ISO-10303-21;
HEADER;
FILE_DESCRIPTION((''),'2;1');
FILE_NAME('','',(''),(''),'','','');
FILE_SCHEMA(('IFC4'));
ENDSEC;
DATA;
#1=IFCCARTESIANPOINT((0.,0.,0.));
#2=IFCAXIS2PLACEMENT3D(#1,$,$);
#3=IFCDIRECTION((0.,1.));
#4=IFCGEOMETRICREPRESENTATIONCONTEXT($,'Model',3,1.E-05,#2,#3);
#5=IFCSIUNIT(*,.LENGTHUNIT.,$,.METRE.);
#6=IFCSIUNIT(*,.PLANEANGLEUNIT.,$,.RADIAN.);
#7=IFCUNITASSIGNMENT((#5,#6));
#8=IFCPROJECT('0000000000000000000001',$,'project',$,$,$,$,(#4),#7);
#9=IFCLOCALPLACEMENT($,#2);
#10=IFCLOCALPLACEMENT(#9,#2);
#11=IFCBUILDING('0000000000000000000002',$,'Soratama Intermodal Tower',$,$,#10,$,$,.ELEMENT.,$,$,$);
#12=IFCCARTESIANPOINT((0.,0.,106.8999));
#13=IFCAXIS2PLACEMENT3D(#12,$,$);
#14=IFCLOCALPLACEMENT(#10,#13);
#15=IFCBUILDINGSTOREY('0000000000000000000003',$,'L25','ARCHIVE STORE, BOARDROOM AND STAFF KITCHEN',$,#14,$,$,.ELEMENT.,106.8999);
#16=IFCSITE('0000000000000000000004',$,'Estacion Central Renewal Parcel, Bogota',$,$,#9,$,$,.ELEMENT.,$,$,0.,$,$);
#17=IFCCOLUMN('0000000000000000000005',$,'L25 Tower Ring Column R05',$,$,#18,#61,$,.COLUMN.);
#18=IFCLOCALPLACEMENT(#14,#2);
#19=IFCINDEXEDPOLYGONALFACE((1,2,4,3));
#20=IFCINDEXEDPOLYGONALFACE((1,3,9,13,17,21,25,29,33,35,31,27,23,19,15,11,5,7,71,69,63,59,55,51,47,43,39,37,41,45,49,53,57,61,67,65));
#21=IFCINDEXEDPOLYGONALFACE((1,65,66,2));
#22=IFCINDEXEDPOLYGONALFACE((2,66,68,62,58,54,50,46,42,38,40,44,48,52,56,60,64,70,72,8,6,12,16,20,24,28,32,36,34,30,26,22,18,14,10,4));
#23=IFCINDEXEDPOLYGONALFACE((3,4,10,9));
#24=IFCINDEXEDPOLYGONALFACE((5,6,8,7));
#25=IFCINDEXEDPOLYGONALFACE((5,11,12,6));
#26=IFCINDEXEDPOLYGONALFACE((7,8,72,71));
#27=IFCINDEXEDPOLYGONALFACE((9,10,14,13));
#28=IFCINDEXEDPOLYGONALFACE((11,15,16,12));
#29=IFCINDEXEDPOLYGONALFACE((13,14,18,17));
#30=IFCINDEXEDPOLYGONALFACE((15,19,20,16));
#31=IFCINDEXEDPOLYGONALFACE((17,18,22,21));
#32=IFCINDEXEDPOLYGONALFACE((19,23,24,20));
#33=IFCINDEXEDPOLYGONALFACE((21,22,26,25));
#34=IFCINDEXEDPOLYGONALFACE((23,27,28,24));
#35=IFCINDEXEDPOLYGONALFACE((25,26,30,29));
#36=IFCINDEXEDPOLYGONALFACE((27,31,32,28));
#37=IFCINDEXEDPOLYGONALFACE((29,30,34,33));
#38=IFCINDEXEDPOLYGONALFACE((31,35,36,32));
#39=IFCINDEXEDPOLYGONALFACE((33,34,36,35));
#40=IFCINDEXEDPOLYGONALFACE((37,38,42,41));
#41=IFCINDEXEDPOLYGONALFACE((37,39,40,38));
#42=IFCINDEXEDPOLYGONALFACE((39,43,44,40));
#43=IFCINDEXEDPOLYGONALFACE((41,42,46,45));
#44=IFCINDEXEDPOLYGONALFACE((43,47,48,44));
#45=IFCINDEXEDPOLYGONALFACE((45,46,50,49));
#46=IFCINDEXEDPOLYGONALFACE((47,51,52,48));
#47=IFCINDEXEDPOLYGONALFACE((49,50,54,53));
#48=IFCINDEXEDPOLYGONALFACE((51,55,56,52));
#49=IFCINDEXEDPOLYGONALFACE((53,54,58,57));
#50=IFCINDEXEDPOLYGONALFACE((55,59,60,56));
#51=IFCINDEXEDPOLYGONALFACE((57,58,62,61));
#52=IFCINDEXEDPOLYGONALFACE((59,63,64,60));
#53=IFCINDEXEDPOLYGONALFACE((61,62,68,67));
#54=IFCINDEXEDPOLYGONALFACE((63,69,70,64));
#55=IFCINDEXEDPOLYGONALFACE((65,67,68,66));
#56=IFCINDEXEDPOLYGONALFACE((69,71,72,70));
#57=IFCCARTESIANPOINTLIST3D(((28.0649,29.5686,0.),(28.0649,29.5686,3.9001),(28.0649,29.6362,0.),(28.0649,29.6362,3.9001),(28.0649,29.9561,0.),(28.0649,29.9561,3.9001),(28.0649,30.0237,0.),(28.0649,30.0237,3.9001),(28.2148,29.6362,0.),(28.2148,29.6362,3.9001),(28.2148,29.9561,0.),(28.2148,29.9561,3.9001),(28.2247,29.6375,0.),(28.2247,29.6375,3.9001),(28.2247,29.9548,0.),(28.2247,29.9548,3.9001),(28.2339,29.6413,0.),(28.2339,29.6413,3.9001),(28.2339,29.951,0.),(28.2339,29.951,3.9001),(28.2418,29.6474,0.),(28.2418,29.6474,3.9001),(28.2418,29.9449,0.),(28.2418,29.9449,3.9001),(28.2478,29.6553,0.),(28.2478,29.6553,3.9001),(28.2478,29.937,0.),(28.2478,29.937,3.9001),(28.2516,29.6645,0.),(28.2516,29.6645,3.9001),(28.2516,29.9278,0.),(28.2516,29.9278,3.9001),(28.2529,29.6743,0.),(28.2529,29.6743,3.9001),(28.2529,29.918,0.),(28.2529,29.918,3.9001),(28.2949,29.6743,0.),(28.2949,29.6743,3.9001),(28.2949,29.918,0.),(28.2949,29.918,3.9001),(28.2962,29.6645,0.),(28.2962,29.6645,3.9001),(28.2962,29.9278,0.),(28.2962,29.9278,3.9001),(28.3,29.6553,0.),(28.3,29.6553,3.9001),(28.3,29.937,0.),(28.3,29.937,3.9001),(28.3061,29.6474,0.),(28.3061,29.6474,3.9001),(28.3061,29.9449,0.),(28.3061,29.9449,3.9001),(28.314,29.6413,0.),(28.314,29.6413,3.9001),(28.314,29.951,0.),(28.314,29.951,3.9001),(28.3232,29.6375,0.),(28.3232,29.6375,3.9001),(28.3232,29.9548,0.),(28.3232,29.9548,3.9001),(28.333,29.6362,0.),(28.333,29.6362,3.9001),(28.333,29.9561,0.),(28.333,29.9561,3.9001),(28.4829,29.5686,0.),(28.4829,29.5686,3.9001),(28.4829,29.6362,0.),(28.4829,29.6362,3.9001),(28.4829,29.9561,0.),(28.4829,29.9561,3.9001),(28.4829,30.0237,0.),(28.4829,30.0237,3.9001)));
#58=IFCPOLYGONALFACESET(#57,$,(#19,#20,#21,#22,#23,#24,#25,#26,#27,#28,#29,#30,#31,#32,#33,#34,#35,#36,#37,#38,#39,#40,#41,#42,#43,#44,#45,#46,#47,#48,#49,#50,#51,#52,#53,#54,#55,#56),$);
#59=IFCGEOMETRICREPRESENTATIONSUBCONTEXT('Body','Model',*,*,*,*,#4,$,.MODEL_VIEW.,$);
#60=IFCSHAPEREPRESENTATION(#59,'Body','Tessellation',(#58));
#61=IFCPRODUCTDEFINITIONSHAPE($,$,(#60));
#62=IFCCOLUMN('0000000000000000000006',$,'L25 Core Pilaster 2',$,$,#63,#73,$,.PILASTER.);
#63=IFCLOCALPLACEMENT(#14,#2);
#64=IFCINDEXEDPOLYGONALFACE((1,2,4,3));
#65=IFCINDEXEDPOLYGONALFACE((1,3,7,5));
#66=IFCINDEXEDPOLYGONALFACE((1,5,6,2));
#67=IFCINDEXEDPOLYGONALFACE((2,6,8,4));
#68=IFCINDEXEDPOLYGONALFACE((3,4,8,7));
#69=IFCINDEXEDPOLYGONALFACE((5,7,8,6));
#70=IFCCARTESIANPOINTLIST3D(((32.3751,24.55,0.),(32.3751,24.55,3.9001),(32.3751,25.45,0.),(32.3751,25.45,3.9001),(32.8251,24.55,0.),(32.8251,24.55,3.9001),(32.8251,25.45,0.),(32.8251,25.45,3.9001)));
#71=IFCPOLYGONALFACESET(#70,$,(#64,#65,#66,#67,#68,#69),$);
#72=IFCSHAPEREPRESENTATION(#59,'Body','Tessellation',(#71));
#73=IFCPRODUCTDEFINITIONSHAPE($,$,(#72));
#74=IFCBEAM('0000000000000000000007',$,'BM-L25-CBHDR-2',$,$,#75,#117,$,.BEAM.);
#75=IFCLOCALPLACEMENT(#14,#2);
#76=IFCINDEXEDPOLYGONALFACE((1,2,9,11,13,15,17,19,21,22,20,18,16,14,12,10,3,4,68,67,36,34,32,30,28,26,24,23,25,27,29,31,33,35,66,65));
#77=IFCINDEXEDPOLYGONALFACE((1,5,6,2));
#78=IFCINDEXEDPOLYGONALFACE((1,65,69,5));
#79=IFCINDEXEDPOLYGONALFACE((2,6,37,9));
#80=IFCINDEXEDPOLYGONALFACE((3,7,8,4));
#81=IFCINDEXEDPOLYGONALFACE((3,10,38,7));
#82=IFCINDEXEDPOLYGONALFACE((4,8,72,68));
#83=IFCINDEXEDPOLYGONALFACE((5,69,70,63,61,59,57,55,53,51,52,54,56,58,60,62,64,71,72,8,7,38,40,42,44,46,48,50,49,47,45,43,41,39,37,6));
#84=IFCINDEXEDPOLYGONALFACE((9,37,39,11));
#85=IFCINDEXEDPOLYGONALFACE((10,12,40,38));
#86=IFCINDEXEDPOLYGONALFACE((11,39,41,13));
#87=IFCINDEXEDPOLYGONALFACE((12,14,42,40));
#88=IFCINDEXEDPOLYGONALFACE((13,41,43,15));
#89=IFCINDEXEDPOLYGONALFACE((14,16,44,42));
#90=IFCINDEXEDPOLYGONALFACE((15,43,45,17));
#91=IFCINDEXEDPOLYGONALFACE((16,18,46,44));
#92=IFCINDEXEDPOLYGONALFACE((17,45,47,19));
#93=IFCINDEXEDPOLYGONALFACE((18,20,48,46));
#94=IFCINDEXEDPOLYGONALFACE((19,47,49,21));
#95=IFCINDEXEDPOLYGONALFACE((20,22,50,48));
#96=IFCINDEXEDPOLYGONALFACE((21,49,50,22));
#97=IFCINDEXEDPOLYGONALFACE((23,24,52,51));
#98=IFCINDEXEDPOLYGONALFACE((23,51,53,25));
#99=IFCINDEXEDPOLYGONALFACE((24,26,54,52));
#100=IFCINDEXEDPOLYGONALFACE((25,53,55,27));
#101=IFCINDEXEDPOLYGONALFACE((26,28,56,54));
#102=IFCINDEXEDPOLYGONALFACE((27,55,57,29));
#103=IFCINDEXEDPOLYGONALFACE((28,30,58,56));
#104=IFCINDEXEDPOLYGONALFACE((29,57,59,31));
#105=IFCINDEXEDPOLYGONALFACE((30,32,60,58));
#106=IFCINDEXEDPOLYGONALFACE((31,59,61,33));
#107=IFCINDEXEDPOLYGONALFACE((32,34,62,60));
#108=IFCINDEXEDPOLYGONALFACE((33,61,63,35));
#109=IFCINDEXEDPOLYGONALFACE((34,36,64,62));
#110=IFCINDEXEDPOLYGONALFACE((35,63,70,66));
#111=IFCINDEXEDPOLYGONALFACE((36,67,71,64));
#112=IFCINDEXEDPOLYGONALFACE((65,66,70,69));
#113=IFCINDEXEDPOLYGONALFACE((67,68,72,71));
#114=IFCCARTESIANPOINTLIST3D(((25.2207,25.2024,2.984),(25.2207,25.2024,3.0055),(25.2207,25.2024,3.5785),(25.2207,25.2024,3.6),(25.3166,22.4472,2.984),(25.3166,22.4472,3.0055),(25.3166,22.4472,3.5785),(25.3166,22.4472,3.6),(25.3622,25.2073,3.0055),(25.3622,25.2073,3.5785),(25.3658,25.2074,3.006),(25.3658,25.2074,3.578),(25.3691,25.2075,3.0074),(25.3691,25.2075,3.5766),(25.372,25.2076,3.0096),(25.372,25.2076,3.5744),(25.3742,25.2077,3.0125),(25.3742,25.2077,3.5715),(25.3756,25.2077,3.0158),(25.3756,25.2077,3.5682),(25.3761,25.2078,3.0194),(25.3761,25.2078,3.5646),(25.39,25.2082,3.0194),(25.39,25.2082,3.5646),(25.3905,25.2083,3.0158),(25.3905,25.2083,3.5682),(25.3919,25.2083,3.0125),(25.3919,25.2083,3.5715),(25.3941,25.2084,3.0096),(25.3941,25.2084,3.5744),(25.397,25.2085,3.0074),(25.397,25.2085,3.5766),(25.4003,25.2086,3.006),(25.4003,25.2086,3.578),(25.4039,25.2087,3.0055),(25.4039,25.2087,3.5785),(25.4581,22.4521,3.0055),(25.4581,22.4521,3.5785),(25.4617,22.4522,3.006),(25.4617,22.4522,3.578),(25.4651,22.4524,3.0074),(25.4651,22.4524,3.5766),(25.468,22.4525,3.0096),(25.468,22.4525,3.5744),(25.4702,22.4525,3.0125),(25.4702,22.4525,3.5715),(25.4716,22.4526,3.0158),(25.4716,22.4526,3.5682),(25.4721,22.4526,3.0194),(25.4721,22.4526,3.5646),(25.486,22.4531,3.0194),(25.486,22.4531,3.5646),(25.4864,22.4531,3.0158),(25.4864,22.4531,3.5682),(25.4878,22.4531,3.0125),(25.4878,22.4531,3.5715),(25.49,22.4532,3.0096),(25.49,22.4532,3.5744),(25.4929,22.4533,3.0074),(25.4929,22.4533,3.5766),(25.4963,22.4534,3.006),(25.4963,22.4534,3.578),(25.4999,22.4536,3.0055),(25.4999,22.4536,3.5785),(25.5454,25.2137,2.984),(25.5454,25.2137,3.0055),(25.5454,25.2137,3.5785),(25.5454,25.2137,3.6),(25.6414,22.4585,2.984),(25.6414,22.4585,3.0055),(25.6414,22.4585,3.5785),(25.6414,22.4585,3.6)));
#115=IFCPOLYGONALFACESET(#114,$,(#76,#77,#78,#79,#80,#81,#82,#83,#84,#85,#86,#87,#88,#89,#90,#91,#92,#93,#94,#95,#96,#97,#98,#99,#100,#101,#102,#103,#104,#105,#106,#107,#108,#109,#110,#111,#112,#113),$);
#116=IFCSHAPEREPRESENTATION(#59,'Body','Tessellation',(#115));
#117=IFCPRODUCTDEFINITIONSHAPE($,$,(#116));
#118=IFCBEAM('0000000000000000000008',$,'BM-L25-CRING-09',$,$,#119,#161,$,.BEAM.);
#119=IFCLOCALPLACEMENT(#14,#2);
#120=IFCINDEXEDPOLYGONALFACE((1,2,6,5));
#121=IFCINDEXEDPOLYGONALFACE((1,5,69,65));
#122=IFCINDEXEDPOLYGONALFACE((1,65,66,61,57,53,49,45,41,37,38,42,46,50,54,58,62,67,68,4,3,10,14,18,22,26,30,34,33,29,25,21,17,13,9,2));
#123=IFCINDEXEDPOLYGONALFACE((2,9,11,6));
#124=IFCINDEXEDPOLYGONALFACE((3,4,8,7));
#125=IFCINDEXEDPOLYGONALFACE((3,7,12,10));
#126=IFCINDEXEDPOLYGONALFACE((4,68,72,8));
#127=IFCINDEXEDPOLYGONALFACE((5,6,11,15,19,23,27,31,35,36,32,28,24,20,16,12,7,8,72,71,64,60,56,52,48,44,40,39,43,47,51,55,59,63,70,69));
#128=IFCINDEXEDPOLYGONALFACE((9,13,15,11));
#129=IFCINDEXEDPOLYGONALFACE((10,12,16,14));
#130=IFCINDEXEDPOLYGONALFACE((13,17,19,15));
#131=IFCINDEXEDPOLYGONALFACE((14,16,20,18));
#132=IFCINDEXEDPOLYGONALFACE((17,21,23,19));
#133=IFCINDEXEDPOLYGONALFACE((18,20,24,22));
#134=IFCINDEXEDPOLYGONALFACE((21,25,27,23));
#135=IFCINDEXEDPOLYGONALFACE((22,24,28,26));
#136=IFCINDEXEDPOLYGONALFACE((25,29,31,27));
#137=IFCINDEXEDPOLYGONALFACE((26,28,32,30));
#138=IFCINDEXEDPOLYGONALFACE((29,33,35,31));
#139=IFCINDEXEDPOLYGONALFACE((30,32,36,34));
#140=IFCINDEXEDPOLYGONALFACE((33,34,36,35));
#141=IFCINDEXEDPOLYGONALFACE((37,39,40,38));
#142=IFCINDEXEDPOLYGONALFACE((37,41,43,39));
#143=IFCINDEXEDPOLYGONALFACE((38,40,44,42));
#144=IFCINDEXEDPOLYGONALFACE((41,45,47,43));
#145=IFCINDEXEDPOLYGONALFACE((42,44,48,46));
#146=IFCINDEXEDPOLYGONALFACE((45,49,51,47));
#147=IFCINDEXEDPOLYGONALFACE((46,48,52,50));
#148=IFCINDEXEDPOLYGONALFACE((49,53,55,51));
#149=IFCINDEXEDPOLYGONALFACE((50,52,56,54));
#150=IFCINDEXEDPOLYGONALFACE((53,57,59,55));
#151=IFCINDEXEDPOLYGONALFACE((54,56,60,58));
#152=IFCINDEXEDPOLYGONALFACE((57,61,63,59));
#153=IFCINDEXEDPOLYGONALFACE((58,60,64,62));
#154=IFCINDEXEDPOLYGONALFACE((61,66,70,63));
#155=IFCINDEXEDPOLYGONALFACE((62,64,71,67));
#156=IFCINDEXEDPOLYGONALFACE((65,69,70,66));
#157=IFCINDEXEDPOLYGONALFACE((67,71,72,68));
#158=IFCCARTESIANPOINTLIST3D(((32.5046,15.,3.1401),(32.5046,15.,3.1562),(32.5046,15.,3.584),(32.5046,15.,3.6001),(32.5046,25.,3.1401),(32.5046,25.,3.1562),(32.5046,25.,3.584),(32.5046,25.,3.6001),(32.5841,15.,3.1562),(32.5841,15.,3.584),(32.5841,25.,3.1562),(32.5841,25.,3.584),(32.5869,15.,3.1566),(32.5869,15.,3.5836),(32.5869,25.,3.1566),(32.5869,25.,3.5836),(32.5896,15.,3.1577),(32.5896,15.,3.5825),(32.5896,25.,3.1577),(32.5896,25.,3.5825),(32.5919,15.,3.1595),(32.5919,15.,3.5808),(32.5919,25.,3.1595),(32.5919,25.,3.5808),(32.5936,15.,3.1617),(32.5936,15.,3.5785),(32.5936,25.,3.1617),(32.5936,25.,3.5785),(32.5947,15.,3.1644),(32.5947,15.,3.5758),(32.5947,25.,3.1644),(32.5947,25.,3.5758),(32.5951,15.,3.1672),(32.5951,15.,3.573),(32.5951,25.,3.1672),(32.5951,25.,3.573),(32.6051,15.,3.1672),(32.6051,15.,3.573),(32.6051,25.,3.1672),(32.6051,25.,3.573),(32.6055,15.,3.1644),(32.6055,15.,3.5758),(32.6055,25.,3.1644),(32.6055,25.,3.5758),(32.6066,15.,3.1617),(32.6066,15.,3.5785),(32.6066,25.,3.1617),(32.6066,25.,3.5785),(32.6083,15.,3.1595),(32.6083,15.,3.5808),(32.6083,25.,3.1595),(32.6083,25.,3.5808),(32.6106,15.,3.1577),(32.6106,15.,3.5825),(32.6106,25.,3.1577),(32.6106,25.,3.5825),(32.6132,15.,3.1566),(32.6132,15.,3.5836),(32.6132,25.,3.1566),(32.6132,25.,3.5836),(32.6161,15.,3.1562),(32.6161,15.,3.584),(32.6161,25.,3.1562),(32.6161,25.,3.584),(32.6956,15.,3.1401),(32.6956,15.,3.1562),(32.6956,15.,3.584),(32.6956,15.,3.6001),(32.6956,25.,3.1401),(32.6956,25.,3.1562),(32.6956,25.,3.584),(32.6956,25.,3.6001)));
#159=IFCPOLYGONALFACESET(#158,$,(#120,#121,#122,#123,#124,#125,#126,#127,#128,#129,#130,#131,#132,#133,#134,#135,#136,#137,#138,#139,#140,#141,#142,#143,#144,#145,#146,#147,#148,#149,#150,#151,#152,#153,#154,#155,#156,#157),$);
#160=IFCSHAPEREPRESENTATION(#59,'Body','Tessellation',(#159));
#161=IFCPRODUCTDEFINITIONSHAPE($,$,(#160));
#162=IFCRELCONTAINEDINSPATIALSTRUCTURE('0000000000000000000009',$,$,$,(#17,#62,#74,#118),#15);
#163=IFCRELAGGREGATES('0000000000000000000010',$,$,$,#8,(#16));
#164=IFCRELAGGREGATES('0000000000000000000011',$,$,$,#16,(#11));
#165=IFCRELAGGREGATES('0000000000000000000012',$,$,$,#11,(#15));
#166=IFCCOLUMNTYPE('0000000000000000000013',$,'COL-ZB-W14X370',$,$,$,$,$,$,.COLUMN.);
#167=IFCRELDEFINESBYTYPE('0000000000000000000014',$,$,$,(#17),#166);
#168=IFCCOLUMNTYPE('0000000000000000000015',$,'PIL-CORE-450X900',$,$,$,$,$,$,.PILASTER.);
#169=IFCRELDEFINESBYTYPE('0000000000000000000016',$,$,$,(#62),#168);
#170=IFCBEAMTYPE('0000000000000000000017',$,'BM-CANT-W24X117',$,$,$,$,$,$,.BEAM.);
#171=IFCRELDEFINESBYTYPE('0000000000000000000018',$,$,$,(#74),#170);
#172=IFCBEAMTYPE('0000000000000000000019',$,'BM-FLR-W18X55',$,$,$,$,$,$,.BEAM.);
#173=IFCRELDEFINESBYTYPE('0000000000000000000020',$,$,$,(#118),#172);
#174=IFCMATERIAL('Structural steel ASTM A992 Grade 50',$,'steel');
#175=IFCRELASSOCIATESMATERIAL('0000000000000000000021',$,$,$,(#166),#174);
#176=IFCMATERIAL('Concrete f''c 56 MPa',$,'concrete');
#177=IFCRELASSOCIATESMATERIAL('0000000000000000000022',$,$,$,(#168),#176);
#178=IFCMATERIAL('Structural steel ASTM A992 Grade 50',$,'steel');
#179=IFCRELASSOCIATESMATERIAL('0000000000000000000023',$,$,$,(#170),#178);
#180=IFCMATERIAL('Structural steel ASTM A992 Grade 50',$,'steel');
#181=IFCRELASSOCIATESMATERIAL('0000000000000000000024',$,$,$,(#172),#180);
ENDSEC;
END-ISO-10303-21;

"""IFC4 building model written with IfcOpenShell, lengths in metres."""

from ifc_helpers import new_model, si_unit, direction, frame, origin, origin_2d, place, context, subcontext, project, spatial, rectangle, i_section, extrude, material, material_profile, profile_set, type_object, element, save


model = new_model("IFC4")

# Units and contexts
model_context = context("Model", 3, precision=1e-05, world=origin(), true_north=direction((0.0, 1.0)))
body_context = subcontext(model_context, "Body", "Model", "MODEL_VIEW")
ifc_project = project(units=[si_unit("LENGTHUNIT", "METRE"), si_unit("PLANEANGLEUNIT", "RADIAN")], contexts=[model_context])

# Site, building, storey
site_placement = place(None, origin())
site = spatial("IfcSite", under=ifc_project, at=site_placement, Name="Estacion Central Renewal Parcel, Bogota", CompositionType="ELEMENT", RefElevation=0.0)
building_placement = place(site_placement, origin())
building = spatial("IfcBuilding", under=site, at=building_placement, Name="Soratama Intermodal Tower", CompositionType="ELEMENT")
storey_placement = place(building_placement, frame((0.0, 0.0, 106.8999)))
storey = spatial("IfcBuildingStorey", under=building, at=storey_placement, Name="L25", Description="ARCHIVE STORE, BOARDROOM AND STAFF KITCHEN", CompositionType="ELEMENT", Elevation=106.8999)

# Columns
ifc_material_1 = material(Name="Structural steel ASTM A992 Grade 50", Category="steel")
ifc_material_profile_1 = material_profile(ifc_material_1, i_section(OverallWidth=0.418, OverallDepth=0.4551, WebThickness=0.042, FlangeThickness=0.0676, FilletRadius=0.0381, at=origin_2d()), Name="W14X370")
ifc_profile_set_1 = profile_set([ifc_material_profile_1], Name="Structural steel ASTM A992 Grade 50")
column_type_1 = type_object("IfcColumnType", Name="COL-ZB-W14X370", PredefinedType="COLUMN", material=ifc_profile_set_1)
column_1_placement = place(storey_placement, frame((28.2739, 29.7961, 0.0), z_axis=(0.0, 0.0, 1.0), x_axis=(1.0, 0.0, 0.0)))
element("IfcColumn", 1, at=column_1_placement, inside=storey, type_object=column_type_1, Name="L25 Tower Ring Column R05", PredefinedType="COLUMN", context=body_context, shape_type="SweptSolid", body=[
    extrude(i_section(OverallWidth=0.418, OverallDepth=0.4551, WebThickness=0.042, FlangeThickness=0.0676, FilletRadius=0.0381, at=origin_2d()), origin(), (0.0, 0.0, 1.0), 3.9001),
])
ifc_material_2 = material(Name="Concrete f'c 56 MPa", Category="concrete")
ifc_material_profile_2 = material_profile(ifc_material_2, rectangle(XDim=0.45, YDim=0.8999, at=origin_2d()), Name="RC450X900")
ifc_profile_set_2 = profile_set([ifc_material_profile_2], Name="Concrete f'c 56 MPa")
column_type_2 = type_object("IfcColumnType", Name="PIL-CORE-450X900", PredefinedType="PILASTER", material=ifc_profile_set_2)
column_2_placement = place(storey_placement, frame((32.6001, 25.0, 0.0), z_axis=(0.0, 0.0, 1.0), x_axis=(1.0, 0.0, 0.0)))
element("IfcColumn", 2, at=column_2_placement, inside=storey, type_object=column_type_2, Name="L25 Core Pilaster 2", PredefinedType="PILASTER", context=body_context, shape_type="SweptSolid", body=[
    extrude(rectangle(XDim=0.45, YDim=0.8999, at=origin_2d()), origin(), (0.0, 0.0, 1.0), 3.9001),
])

# Beams
ifc_material_3 = material(Name="Structural steel ASTM A992 Grade 50", Category="steel")
ifc_material_profile_3 = material_profile(ifc_material_3, i_section(OverallWidth=0.325, OverallDepth=0.616, WebThickness=0.0139, FlangeThickness=0.0215, FilletRadius=0.0139, at=origin_2d()), Name="W24X117")
ifc_profile_set_3 = profile_set([ifc_material_profile_3], Name="Structural steel ASTM A992 Grade 50")
beam_type_1 = type_object("IfcBeamType", Name="BM-CANT-W24X117", PredefinedType="BEAM", material=ifc_profile_set_3)
beam_1_placement = place(storey_placement, frame((25.3831, 25.208, 3.292), z_axis=(0.034804, -0.999394, 0.0), x_axis=(0.999394, 0.034804, 0.0)))
element("IfcBeam", 3, at=beam_1_placement, inside=storey, type_object=beam_type_1, Name="BM-L25-CBHDR-2", PredefinedType="BEAM", context=body_context, shape_type="SweptSolid", body=[
    extrude(i_section(OverallWidth=0.325, OverallDepth=0.616, WebThickness=0.0139, FlangeThickness=0.0215, FilletRadius=0.0139, at=origin_2d()), origin(), (0.0, 0.0, 1.0), 2.7568),
])
ifc_material_4 = material(Name="Structural steel ASTM A992 Grade 50", Category="steel")
ifc_material_profile_4 = material_profile(ifc_material_4, i_section(OverallWidth=0.1909, OverallDepth=0.46, WebThickness=0.01, FlangeThickness=0.0161, FilletRadius=0.011, at=origin_2d()), Name="W18X55")
ifc_profile_set_4 = profile_set([ifc_material_profile_4], Name="Structural steel ASTM A992 Grade 50")
beam_type_2 = type_object("IfcBeamType", Name="BM-FLR-W18X55", PredefinedType="BEAM", material=ifc_profile_set_4)
beam_2_placement = place(storey_placement, frame((32.6001, 25.0, 3.3701), z_axis=(0.0, -1.0, 0.0), x_axis=(1.0, 0.0, 0.0)))
element("IfcBeam", 4, at=beam_2_placement, inside=storey, type_object=beam_type_2, Name="BM-L25-CRING-09", PredefinedType="BEAM", context=body_context, shape_type="SweptSolid", body=[
    extrude(i_section(OverallWidth=0.1909, OverallDepth=0.46, WebThickness=0.01, FlangeThickness=0.0161, FilletRadius=0.011, at=origin_2d()), origin(), (0.0, 0.0, 1.0), 10.0),
])

save(model, "model.ifc")
